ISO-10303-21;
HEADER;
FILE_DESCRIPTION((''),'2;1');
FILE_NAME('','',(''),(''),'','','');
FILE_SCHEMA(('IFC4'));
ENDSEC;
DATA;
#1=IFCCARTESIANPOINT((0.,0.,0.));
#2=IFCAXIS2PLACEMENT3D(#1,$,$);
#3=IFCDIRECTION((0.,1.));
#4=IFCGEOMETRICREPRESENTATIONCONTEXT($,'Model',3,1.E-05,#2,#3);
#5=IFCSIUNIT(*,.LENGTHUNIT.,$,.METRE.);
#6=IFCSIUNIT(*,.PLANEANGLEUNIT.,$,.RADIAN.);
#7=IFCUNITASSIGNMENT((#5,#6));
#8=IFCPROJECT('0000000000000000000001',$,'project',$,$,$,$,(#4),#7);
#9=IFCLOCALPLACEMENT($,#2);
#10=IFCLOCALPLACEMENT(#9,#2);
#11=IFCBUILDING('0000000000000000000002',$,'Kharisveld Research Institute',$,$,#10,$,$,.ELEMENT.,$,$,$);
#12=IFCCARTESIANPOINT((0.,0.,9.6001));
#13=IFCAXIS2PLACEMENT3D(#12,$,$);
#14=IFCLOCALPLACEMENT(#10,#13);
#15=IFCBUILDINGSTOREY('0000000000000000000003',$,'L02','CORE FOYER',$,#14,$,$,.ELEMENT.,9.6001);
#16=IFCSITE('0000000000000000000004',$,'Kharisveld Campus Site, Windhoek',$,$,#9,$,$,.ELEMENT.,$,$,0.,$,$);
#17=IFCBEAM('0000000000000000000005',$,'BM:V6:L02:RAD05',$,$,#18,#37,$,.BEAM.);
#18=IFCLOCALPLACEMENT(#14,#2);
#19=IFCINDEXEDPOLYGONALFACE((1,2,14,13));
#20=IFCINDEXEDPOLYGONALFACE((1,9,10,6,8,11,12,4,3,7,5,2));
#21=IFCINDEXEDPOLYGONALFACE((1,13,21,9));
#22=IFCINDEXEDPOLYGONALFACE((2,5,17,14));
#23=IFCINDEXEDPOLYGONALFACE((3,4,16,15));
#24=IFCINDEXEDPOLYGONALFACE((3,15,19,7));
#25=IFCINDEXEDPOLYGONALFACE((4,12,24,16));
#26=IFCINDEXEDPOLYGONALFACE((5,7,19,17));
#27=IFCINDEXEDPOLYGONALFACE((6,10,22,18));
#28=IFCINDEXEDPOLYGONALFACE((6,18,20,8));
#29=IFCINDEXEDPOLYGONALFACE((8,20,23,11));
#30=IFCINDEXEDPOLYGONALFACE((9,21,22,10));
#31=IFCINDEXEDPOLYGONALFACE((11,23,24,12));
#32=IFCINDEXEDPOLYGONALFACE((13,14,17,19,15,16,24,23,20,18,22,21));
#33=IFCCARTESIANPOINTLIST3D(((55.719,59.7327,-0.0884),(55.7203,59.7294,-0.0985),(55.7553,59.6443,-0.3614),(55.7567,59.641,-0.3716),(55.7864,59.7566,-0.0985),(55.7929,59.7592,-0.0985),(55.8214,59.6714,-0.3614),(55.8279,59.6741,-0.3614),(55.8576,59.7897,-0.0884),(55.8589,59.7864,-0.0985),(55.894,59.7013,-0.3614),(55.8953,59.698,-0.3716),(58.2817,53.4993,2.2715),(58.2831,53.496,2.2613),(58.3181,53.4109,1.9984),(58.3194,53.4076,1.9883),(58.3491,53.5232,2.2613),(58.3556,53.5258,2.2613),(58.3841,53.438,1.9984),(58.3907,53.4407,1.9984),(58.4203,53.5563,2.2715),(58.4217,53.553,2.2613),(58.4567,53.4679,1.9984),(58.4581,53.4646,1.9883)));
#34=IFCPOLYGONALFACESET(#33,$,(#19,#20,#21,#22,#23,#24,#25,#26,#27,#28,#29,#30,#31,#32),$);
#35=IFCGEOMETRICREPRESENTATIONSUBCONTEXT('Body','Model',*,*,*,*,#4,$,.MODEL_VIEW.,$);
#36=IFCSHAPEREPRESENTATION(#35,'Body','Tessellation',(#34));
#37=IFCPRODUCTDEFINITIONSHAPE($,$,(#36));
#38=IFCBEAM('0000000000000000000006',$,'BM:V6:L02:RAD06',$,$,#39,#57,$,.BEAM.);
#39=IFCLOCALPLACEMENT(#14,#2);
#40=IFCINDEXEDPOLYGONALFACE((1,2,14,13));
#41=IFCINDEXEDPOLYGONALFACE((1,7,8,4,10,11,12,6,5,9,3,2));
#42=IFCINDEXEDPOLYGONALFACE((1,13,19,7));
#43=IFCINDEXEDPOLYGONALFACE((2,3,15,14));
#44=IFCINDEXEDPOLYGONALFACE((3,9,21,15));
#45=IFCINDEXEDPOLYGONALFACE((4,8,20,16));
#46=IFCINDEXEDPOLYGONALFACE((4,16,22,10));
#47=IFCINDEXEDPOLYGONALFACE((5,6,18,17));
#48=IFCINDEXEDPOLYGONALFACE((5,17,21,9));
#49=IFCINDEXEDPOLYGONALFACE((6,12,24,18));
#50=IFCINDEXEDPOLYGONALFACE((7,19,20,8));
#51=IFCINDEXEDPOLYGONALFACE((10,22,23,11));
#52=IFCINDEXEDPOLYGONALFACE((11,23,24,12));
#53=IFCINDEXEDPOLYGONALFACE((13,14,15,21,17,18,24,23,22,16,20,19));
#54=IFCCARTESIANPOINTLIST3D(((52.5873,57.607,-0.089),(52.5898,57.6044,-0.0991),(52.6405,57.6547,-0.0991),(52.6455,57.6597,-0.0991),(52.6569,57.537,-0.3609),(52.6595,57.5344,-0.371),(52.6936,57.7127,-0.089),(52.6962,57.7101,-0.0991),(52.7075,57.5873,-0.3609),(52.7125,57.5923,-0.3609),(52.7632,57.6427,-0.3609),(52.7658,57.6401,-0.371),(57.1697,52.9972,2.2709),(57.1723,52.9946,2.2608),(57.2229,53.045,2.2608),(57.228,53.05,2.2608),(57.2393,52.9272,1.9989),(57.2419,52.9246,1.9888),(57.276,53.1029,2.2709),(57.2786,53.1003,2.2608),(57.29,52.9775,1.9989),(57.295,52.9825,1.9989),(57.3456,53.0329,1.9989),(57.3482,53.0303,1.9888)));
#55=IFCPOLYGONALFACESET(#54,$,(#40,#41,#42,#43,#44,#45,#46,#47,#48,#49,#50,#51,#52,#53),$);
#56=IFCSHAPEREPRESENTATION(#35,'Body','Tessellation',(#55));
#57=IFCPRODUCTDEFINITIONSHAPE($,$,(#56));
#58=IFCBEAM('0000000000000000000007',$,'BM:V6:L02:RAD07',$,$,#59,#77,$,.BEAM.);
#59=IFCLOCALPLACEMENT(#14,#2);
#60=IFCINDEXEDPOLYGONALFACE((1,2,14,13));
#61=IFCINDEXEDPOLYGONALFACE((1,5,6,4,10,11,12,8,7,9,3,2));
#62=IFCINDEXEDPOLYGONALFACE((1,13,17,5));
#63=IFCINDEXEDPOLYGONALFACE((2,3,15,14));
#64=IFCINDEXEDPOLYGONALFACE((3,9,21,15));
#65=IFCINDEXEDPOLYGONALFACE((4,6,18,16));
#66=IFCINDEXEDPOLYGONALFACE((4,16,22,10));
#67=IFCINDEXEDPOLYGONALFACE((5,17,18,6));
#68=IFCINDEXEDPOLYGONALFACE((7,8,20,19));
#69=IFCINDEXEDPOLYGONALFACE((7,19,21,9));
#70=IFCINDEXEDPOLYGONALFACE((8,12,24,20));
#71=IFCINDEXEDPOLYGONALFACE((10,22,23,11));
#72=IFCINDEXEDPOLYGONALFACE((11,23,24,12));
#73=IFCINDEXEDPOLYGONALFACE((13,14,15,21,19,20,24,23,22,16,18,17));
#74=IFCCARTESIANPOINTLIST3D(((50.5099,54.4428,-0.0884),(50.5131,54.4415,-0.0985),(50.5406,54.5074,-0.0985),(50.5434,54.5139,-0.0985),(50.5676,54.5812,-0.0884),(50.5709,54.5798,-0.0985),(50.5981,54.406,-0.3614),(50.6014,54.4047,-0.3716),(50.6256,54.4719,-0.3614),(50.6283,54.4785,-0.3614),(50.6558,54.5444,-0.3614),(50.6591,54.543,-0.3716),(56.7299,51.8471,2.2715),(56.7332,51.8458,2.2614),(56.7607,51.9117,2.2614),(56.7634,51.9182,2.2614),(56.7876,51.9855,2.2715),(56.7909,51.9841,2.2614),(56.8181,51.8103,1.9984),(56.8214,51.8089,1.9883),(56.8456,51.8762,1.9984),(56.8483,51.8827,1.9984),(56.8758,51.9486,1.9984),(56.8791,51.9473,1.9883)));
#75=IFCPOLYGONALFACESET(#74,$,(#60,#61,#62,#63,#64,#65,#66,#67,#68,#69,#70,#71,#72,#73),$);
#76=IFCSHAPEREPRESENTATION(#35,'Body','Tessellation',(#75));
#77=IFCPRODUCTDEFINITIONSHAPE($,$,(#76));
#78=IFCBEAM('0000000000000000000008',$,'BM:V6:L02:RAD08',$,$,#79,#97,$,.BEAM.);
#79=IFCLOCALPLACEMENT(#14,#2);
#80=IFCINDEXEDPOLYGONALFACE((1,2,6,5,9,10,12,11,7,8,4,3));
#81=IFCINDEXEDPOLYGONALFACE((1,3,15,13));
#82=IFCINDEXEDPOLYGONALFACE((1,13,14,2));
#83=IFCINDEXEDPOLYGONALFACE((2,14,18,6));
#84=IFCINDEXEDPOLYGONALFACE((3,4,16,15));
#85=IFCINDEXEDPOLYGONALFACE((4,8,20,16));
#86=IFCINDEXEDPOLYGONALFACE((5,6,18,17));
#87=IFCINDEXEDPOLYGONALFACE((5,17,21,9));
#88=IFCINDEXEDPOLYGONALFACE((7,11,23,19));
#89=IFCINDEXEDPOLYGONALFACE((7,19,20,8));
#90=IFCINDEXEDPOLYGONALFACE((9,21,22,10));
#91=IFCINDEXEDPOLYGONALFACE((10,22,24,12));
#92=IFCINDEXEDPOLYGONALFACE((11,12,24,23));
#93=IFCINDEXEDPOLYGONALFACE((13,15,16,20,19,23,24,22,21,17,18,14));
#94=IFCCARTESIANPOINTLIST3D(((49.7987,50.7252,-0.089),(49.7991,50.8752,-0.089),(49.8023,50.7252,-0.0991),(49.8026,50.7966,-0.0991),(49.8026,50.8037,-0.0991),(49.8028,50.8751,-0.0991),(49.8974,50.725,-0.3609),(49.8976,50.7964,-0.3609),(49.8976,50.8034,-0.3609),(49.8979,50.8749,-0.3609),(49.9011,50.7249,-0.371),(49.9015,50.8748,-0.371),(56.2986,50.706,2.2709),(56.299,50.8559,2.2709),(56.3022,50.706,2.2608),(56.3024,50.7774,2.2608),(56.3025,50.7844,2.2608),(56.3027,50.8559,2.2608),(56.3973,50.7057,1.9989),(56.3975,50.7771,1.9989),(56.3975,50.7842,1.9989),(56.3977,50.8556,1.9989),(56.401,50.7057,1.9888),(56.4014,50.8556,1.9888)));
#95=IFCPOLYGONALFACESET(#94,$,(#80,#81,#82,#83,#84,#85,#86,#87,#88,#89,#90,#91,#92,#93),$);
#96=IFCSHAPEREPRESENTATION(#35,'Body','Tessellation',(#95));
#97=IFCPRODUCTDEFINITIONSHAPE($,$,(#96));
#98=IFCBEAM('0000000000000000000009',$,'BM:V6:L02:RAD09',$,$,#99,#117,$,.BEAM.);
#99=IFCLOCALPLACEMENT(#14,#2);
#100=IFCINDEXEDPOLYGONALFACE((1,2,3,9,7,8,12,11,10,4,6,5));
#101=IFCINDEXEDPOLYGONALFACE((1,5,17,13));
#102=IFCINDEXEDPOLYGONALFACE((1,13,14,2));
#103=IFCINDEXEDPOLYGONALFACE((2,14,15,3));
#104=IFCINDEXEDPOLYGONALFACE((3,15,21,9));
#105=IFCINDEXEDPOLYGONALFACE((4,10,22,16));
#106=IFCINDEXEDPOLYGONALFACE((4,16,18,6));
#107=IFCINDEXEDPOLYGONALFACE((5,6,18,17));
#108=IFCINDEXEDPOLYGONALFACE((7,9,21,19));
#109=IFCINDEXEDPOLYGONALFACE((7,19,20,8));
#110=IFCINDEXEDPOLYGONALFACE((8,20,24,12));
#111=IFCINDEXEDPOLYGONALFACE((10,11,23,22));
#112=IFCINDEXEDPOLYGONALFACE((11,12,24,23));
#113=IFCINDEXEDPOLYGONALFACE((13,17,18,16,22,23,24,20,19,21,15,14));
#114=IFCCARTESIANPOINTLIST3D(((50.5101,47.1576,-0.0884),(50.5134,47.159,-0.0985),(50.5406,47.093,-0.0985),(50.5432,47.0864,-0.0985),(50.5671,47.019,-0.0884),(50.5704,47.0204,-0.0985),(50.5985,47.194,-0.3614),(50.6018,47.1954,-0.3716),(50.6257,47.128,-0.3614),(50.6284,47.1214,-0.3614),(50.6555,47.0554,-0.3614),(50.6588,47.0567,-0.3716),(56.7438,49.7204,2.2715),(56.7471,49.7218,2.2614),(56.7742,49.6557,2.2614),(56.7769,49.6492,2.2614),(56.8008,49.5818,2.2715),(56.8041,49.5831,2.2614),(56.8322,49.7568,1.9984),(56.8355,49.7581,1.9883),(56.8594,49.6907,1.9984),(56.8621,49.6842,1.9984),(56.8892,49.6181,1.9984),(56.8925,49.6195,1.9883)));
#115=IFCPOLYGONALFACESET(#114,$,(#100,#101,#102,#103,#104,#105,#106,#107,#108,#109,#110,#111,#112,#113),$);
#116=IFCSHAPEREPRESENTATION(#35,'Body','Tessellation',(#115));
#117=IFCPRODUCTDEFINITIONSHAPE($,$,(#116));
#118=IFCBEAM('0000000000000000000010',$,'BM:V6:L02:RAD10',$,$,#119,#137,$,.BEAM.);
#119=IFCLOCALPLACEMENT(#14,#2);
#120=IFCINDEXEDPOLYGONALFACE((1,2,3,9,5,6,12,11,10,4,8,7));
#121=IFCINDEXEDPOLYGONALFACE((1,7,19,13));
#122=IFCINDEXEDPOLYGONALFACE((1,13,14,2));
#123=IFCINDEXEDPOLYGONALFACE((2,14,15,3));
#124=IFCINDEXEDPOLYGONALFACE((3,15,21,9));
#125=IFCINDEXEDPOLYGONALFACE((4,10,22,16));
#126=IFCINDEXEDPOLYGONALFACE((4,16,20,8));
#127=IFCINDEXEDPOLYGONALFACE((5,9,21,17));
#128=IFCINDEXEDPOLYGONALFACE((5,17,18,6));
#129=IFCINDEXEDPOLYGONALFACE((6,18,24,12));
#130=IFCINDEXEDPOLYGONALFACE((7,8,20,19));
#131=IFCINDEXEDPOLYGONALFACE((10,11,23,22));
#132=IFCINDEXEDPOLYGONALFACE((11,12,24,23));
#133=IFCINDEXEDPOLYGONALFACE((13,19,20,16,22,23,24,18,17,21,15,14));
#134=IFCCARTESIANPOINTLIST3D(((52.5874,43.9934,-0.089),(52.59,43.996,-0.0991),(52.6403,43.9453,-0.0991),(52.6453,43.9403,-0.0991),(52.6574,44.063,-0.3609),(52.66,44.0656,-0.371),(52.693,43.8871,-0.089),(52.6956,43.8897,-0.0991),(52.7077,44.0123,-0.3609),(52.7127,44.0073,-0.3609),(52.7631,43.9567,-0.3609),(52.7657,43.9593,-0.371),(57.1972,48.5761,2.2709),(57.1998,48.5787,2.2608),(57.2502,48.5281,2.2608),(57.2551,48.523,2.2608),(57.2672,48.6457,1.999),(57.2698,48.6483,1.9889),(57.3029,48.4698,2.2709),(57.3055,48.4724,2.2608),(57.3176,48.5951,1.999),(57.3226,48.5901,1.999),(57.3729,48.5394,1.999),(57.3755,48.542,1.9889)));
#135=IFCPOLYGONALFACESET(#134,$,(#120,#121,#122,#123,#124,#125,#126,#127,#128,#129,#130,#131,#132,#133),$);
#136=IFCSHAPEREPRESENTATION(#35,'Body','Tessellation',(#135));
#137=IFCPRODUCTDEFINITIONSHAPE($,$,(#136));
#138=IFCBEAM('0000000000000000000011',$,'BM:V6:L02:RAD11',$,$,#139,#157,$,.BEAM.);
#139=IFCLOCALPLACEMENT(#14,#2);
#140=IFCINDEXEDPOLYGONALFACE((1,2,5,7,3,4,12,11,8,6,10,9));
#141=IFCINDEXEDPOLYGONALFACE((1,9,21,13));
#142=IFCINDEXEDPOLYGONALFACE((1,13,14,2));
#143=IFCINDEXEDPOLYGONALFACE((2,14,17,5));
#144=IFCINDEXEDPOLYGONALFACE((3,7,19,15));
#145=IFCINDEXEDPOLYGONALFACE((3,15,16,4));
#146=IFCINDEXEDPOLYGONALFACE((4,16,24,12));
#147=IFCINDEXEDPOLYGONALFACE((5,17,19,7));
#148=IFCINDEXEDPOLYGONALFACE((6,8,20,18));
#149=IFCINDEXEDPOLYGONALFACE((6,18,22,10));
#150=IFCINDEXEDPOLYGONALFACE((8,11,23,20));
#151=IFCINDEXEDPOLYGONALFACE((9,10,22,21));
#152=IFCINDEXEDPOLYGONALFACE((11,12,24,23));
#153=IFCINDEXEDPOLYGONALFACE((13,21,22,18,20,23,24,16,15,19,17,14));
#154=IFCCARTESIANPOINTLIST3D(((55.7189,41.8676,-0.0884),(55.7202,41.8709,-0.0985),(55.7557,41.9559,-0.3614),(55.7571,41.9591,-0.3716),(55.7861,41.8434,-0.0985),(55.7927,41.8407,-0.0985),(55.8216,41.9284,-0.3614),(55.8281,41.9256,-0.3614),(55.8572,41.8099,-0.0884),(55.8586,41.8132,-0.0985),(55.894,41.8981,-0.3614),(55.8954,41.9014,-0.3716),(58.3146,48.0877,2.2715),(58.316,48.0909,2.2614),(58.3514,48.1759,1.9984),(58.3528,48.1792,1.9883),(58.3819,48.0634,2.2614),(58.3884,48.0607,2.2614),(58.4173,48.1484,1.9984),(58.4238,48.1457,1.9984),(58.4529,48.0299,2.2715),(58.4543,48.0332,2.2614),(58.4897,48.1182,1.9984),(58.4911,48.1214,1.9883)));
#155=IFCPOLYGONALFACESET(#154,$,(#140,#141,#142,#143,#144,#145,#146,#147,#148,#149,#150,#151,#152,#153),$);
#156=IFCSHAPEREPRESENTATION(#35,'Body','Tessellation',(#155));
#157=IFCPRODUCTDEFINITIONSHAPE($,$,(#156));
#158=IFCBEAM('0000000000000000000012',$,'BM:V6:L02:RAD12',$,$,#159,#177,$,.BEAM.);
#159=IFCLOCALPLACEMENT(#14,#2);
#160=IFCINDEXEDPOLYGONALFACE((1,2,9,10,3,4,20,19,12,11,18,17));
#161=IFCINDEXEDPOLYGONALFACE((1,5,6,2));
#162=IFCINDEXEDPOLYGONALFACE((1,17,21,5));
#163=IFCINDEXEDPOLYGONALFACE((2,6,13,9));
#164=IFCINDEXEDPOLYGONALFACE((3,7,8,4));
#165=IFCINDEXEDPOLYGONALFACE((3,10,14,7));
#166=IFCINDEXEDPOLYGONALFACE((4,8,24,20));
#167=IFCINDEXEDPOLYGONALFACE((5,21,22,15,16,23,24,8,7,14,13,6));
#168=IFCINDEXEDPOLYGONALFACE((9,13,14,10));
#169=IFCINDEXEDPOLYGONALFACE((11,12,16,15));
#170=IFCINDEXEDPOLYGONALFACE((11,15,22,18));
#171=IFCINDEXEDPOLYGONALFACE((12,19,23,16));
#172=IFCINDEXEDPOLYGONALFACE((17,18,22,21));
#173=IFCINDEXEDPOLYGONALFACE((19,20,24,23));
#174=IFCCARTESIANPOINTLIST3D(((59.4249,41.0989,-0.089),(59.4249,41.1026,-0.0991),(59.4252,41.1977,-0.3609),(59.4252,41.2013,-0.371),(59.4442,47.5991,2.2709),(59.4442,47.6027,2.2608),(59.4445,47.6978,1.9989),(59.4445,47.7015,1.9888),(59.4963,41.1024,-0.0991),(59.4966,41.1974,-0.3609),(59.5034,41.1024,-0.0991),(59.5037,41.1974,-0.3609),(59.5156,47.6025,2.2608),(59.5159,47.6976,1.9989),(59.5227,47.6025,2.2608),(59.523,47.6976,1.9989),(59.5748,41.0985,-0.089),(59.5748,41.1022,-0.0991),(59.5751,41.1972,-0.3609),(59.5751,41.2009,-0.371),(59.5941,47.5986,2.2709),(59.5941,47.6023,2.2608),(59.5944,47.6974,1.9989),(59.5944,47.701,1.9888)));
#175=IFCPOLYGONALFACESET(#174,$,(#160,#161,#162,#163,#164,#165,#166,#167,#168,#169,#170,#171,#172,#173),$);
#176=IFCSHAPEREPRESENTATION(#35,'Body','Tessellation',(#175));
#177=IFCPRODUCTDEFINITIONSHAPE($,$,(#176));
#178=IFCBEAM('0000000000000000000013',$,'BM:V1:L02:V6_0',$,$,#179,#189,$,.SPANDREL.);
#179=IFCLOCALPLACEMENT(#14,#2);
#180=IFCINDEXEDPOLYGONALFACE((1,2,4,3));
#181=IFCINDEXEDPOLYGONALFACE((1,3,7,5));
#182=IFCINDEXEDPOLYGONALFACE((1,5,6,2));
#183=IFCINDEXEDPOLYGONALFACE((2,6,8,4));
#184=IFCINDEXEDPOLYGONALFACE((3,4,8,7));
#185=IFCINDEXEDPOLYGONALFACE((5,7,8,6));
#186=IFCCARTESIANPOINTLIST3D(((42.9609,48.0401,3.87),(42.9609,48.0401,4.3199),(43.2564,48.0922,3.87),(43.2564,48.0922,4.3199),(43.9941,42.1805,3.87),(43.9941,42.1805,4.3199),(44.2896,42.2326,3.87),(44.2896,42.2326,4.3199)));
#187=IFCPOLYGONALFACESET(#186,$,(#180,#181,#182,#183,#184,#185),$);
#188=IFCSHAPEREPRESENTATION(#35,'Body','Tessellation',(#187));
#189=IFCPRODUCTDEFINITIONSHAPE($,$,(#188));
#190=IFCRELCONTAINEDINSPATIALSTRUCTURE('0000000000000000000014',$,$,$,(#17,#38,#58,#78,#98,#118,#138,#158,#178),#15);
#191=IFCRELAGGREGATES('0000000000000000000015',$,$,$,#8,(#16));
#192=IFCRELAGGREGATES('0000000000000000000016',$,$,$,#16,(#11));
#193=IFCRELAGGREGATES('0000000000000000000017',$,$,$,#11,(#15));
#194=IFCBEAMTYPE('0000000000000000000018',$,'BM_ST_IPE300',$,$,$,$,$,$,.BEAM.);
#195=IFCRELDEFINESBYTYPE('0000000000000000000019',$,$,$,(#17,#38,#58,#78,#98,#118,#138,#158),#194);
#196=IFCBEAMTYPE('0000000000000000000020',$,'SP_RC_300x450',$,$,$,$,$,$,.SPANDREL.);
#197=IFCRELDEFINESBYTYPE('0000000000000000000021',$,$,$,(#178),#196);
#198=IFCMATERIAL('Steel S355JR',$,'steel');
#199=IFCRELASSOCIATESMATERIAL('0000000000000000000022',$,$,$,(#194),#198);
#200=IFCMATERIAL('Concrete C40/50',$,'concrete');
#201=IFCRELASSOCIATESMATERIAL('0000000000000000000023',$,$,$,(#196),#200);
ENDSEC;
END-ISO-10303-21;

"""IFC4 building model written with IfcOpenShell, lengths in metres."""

from ifc_helpers import new_model, si_unit, direction, frame, origin, origin_2d, place, context, subcontext, project, spatial, rectangle, i_section, extrude, material, material_profile, profile_set, type_object, element, save


model = new_model("IFC4")

# Units and contexts
model_context = context("Model", 3, precision=1e-05, world=origin(), true_north=direction((0.0, 1.0)))
body_context = subcontext(model_context, "Body", "Model", "MODEL_VIEW")
ifc_project = project(units=[si_unit("LENGTHUNIT", "METRE"), si_unit("PLANEANGLEUNIT", "RADIAN")], contexts=[model_context])

# Site, building, storey
site_placement = place(None, origin())
site = spatial("IfcSite", under=ifc_project, at=site_placement, Name="Kharisveld Campus Site, Windhoek", CompositionType="ELEMENT", RefElevation=0.0)
building_placement = place(site_placement, origin())
building = spatial("IfcBuilding", under=site, at=building_placement, Name="Kharisveld Research Institute", CompositionType="ELEMENT")
storey_placement = place(building_placement, frame((0.0, 0.0, 9.6001)))
storey = spatial("IfcBuildingStorey", under=building, at=storey_placement, Name="L02", Description="CORE FOYER", CompositionType="ELEMENT", Elevation=9.6001)

# Beams
ifc_material_1 = material(Name="Steel S355JR", Category="steel")
ifc_material_profile_1 = material_profile(ifc_material_1, i_section(OverallWidth=0.1499, OverallDepth=0.3, WebThickness=0.0071, FlangeThickness=0.0107, at=origin_2d()))
ifc_profile_set_1 = profile_set([ifc_material_profile_1], Name="Steel S355JR")
beam_type_1 = type_object("IfcBeamType", Name="BM_ST_IPE300", PredefinedType="BEAM", material=ifc_profile_set_1)
beam_1_placement = place(storey_placement, frame((55.8071, 59.7153, -0.23), z_axis=(0.358885, -0.87292, 0.330473), x_axis=(0.924884, 0.380249, 0.0)))
element("IfcBeam", 1, at=beam_1_placement, inside=storey, type_object=beam_type_1, Name="BM:V6:L02:RAD05", PredefinedType="BEAM", context=body_context, shape_type="SweptSolid", body=[
    extrude(i_section(OverallWidth=0.1499, OverallDepth=0.3, WebThickness=0.0071, FlangeThickness=0.0107, at=origin_2d()), origin(), (0.0, 0.0, 1.0), 7.1409),
])
beam_2_placement = place(storey_placement, frame((52.6765, 57.6235, -0.23), z_axis=(0.662678, -0.666633, 0.34126), x_axis=(0.709207, 0.705, 0.0)))
element("IfcBeam", 2, at=beam_2_placement, inside=storey, type_object=beam_type_1, Name="BM:V6:L02:RAD06", PredefinedType="BEAM", context=body_context, shape_type="SweptSolid", body=[
    extrude(i_section(OverallWidth=0.1499, OverallDepth=0.3, WebThickness=0.0071, FlangeThickness=0.0107, at=origin_2d()), origin(), (0.0, 0.0, 1.0), 6.915),
])
beam_3_placement = place(storey_placement, frame((50.5845, 54.4929, -0.23), z_axis=(0.871016, -0.36349, 0.330464), x_axis=(0.385127, 0.922864, 0.0)))
element("IfcBeam", 3, at=beam_3_placement, inside=storey, type_object=beam_type_1, Name="BM:V6:L02:RAD07", PredefinedType="BEAM", context=body_context, shape_type="SweptSolid", body=[
    extrude(i_section(OverallWidth=0.1499, OverallDepth=0.3, WebThickness=0.0071, FlangeThickness=0.0107, at=origin_2d()), origin(), (0.0, 0.0, 1.0), 7.1411),
])
beam_4_placement = place(storey_placement, frame((49.8501, 50.8, -0.23), z_axis=(0.939965, -0.002789, 0.34126), x_axis=(0.002967, 0.999996, 0.0)))
element("IfcBeam", 4, at=beam_4_placement, inside=storey, type_object=beam_type_1, Name="BM:V6:L02:RAD08", PredefinedType="BEAM", context=body_context, shape_type="SweptSolid", body=[
    extrude(i_section(OverallWidth=0.1499, OverallDepth=0.3, WebThickness=0.0071, FlangeThickness=0.0107, at=origin_2d()), origin(), (0.0, 0.0, 1.0), 6.915),
])
beam_5_placement = place(storey_placement, frame((50.5845, 47.1072, -0.23), z_axis=(0.872928, 0.358874, 0.330463), x_axis=(-0.380236, 0.92489, 0.0)))
element("IfcBeam", 5, at=beam_5_placement, inside=storey, type_object=beam_type_1, Name="BM:V6:L02:RAD09", PredefinedType="BEAM", context=body_context, shape_type="SweptSolid", body=[
    extrude(i_section(OverallWidth=0.1499, OverallDepth=0.3, WebThickness=0.0071, FlangeThickness=0.0107, at=origin_2d()), origin(), (0.0, 0.0, 1.0), 7.1411),
])
beam_6_placement = place(storey_placement, frame((52.6765, 43.9763, -0.23), z_axis=(0.666617, 0.662698, 0.341252), x_axis=(-0.705019, 0.709188, 0.0)))
element("IfcBeam", 6, at=beam_6_placement, inside=storey, type_object=beam_type_1, Name="BM:V6:L02:RAD10", PredefinedType="BEAM", context=body_context, shape_type="SweptSolid", body=[
    extrude(i_section(OverallWidth=0.1499, OverallDepth=0.3, WebThickness=0.0071, FlangeThickness=0.0107, at=origin_2d()), origin(), (0.0, 0.0, 1.0), 6.9153),
])
beam_7_placement = place(storey_placement, frame((55.8071, 41.8845, -0.23), z_axis=(0.36349, 0.871016, 0.330464), x_axis=(-0.922864, 0.385127, 0.0)))
element("IfcBeam", 7, at=beam_7_placement, inside=storey, type_object=beam_type_1, Name="BM:V6:L02:RAD11", PredefinedType="BEAM", context=body_context, shape_type="SweptSolid", body=[
    extrude(i_section(OverallWidth=0.1499, OverallDepth=0.3, WebThickness=0.0071, FlangeThickness=0.0107, at=origin_2d()), origin(), (0.0, 0.0, 1.0), 7.1411),
])
beam_8_placement = place(storey_placement, frame((59.5, 41.1499, -0.23), z_axis=(0.002789, 0.939969, 0.341248), x_axis=(-0.999996, 0.002967, 0.0)))
element("IfcBeam", 8, at=beam_8_placement, inside=storey, type_object=beam_type_1, Name="BM:V6:L02:RAD12", PredefinedType="BEAM", context=body_context, shape_type="SweptSolid", body=[
    extrude(i_section(OverallWidth=0.1499, OverallDepth=0.3, WebThickness=0.0071, FlangeThickness=0.0107, at=origin_2d()), origin(), (0.0, 0.0, 1.0), 6.9153),
])
ifc_material_2 = material(Name="Concrete C40/50", Category="concrete")
ifc_material_profile_2 = material_profile(ifc_material_2, rectangle(XDim=0.3, YDim=0.45, at=origin_2d()))
ifc_profile_set_2 = profile_set([ifc_material_profile_2], Name="Concrete C40/50")
beam_type_2 = type_object("IfcBeamType", Name="SP_RC_300x450", PredefinedType="SPANDREL", material=ifc_profile_set_2)
beam_9_placement = place(storey_placement, frame((44.1418, 42.2065, 4.095), z_axis=(-0.173647, 0.984808, 0.0), x_axis=(-0.984808, -0.173647, 0.0)))
element("IfcBeam", 9, at=beam_9_placement, inside=storey, type_object=beam_type_2, Name="BM:V1:L02:V6_0", PredefinedType="SPANDREL", context=body_context, shape_type="SweptSolid", body=[
    extrude(rectangle(XDim=0.3, YDim=0.45, at=origin_2d()), origin(), (0.0, 0.0, 1.0), 5.95),
])

save(model, "model.ifc")
